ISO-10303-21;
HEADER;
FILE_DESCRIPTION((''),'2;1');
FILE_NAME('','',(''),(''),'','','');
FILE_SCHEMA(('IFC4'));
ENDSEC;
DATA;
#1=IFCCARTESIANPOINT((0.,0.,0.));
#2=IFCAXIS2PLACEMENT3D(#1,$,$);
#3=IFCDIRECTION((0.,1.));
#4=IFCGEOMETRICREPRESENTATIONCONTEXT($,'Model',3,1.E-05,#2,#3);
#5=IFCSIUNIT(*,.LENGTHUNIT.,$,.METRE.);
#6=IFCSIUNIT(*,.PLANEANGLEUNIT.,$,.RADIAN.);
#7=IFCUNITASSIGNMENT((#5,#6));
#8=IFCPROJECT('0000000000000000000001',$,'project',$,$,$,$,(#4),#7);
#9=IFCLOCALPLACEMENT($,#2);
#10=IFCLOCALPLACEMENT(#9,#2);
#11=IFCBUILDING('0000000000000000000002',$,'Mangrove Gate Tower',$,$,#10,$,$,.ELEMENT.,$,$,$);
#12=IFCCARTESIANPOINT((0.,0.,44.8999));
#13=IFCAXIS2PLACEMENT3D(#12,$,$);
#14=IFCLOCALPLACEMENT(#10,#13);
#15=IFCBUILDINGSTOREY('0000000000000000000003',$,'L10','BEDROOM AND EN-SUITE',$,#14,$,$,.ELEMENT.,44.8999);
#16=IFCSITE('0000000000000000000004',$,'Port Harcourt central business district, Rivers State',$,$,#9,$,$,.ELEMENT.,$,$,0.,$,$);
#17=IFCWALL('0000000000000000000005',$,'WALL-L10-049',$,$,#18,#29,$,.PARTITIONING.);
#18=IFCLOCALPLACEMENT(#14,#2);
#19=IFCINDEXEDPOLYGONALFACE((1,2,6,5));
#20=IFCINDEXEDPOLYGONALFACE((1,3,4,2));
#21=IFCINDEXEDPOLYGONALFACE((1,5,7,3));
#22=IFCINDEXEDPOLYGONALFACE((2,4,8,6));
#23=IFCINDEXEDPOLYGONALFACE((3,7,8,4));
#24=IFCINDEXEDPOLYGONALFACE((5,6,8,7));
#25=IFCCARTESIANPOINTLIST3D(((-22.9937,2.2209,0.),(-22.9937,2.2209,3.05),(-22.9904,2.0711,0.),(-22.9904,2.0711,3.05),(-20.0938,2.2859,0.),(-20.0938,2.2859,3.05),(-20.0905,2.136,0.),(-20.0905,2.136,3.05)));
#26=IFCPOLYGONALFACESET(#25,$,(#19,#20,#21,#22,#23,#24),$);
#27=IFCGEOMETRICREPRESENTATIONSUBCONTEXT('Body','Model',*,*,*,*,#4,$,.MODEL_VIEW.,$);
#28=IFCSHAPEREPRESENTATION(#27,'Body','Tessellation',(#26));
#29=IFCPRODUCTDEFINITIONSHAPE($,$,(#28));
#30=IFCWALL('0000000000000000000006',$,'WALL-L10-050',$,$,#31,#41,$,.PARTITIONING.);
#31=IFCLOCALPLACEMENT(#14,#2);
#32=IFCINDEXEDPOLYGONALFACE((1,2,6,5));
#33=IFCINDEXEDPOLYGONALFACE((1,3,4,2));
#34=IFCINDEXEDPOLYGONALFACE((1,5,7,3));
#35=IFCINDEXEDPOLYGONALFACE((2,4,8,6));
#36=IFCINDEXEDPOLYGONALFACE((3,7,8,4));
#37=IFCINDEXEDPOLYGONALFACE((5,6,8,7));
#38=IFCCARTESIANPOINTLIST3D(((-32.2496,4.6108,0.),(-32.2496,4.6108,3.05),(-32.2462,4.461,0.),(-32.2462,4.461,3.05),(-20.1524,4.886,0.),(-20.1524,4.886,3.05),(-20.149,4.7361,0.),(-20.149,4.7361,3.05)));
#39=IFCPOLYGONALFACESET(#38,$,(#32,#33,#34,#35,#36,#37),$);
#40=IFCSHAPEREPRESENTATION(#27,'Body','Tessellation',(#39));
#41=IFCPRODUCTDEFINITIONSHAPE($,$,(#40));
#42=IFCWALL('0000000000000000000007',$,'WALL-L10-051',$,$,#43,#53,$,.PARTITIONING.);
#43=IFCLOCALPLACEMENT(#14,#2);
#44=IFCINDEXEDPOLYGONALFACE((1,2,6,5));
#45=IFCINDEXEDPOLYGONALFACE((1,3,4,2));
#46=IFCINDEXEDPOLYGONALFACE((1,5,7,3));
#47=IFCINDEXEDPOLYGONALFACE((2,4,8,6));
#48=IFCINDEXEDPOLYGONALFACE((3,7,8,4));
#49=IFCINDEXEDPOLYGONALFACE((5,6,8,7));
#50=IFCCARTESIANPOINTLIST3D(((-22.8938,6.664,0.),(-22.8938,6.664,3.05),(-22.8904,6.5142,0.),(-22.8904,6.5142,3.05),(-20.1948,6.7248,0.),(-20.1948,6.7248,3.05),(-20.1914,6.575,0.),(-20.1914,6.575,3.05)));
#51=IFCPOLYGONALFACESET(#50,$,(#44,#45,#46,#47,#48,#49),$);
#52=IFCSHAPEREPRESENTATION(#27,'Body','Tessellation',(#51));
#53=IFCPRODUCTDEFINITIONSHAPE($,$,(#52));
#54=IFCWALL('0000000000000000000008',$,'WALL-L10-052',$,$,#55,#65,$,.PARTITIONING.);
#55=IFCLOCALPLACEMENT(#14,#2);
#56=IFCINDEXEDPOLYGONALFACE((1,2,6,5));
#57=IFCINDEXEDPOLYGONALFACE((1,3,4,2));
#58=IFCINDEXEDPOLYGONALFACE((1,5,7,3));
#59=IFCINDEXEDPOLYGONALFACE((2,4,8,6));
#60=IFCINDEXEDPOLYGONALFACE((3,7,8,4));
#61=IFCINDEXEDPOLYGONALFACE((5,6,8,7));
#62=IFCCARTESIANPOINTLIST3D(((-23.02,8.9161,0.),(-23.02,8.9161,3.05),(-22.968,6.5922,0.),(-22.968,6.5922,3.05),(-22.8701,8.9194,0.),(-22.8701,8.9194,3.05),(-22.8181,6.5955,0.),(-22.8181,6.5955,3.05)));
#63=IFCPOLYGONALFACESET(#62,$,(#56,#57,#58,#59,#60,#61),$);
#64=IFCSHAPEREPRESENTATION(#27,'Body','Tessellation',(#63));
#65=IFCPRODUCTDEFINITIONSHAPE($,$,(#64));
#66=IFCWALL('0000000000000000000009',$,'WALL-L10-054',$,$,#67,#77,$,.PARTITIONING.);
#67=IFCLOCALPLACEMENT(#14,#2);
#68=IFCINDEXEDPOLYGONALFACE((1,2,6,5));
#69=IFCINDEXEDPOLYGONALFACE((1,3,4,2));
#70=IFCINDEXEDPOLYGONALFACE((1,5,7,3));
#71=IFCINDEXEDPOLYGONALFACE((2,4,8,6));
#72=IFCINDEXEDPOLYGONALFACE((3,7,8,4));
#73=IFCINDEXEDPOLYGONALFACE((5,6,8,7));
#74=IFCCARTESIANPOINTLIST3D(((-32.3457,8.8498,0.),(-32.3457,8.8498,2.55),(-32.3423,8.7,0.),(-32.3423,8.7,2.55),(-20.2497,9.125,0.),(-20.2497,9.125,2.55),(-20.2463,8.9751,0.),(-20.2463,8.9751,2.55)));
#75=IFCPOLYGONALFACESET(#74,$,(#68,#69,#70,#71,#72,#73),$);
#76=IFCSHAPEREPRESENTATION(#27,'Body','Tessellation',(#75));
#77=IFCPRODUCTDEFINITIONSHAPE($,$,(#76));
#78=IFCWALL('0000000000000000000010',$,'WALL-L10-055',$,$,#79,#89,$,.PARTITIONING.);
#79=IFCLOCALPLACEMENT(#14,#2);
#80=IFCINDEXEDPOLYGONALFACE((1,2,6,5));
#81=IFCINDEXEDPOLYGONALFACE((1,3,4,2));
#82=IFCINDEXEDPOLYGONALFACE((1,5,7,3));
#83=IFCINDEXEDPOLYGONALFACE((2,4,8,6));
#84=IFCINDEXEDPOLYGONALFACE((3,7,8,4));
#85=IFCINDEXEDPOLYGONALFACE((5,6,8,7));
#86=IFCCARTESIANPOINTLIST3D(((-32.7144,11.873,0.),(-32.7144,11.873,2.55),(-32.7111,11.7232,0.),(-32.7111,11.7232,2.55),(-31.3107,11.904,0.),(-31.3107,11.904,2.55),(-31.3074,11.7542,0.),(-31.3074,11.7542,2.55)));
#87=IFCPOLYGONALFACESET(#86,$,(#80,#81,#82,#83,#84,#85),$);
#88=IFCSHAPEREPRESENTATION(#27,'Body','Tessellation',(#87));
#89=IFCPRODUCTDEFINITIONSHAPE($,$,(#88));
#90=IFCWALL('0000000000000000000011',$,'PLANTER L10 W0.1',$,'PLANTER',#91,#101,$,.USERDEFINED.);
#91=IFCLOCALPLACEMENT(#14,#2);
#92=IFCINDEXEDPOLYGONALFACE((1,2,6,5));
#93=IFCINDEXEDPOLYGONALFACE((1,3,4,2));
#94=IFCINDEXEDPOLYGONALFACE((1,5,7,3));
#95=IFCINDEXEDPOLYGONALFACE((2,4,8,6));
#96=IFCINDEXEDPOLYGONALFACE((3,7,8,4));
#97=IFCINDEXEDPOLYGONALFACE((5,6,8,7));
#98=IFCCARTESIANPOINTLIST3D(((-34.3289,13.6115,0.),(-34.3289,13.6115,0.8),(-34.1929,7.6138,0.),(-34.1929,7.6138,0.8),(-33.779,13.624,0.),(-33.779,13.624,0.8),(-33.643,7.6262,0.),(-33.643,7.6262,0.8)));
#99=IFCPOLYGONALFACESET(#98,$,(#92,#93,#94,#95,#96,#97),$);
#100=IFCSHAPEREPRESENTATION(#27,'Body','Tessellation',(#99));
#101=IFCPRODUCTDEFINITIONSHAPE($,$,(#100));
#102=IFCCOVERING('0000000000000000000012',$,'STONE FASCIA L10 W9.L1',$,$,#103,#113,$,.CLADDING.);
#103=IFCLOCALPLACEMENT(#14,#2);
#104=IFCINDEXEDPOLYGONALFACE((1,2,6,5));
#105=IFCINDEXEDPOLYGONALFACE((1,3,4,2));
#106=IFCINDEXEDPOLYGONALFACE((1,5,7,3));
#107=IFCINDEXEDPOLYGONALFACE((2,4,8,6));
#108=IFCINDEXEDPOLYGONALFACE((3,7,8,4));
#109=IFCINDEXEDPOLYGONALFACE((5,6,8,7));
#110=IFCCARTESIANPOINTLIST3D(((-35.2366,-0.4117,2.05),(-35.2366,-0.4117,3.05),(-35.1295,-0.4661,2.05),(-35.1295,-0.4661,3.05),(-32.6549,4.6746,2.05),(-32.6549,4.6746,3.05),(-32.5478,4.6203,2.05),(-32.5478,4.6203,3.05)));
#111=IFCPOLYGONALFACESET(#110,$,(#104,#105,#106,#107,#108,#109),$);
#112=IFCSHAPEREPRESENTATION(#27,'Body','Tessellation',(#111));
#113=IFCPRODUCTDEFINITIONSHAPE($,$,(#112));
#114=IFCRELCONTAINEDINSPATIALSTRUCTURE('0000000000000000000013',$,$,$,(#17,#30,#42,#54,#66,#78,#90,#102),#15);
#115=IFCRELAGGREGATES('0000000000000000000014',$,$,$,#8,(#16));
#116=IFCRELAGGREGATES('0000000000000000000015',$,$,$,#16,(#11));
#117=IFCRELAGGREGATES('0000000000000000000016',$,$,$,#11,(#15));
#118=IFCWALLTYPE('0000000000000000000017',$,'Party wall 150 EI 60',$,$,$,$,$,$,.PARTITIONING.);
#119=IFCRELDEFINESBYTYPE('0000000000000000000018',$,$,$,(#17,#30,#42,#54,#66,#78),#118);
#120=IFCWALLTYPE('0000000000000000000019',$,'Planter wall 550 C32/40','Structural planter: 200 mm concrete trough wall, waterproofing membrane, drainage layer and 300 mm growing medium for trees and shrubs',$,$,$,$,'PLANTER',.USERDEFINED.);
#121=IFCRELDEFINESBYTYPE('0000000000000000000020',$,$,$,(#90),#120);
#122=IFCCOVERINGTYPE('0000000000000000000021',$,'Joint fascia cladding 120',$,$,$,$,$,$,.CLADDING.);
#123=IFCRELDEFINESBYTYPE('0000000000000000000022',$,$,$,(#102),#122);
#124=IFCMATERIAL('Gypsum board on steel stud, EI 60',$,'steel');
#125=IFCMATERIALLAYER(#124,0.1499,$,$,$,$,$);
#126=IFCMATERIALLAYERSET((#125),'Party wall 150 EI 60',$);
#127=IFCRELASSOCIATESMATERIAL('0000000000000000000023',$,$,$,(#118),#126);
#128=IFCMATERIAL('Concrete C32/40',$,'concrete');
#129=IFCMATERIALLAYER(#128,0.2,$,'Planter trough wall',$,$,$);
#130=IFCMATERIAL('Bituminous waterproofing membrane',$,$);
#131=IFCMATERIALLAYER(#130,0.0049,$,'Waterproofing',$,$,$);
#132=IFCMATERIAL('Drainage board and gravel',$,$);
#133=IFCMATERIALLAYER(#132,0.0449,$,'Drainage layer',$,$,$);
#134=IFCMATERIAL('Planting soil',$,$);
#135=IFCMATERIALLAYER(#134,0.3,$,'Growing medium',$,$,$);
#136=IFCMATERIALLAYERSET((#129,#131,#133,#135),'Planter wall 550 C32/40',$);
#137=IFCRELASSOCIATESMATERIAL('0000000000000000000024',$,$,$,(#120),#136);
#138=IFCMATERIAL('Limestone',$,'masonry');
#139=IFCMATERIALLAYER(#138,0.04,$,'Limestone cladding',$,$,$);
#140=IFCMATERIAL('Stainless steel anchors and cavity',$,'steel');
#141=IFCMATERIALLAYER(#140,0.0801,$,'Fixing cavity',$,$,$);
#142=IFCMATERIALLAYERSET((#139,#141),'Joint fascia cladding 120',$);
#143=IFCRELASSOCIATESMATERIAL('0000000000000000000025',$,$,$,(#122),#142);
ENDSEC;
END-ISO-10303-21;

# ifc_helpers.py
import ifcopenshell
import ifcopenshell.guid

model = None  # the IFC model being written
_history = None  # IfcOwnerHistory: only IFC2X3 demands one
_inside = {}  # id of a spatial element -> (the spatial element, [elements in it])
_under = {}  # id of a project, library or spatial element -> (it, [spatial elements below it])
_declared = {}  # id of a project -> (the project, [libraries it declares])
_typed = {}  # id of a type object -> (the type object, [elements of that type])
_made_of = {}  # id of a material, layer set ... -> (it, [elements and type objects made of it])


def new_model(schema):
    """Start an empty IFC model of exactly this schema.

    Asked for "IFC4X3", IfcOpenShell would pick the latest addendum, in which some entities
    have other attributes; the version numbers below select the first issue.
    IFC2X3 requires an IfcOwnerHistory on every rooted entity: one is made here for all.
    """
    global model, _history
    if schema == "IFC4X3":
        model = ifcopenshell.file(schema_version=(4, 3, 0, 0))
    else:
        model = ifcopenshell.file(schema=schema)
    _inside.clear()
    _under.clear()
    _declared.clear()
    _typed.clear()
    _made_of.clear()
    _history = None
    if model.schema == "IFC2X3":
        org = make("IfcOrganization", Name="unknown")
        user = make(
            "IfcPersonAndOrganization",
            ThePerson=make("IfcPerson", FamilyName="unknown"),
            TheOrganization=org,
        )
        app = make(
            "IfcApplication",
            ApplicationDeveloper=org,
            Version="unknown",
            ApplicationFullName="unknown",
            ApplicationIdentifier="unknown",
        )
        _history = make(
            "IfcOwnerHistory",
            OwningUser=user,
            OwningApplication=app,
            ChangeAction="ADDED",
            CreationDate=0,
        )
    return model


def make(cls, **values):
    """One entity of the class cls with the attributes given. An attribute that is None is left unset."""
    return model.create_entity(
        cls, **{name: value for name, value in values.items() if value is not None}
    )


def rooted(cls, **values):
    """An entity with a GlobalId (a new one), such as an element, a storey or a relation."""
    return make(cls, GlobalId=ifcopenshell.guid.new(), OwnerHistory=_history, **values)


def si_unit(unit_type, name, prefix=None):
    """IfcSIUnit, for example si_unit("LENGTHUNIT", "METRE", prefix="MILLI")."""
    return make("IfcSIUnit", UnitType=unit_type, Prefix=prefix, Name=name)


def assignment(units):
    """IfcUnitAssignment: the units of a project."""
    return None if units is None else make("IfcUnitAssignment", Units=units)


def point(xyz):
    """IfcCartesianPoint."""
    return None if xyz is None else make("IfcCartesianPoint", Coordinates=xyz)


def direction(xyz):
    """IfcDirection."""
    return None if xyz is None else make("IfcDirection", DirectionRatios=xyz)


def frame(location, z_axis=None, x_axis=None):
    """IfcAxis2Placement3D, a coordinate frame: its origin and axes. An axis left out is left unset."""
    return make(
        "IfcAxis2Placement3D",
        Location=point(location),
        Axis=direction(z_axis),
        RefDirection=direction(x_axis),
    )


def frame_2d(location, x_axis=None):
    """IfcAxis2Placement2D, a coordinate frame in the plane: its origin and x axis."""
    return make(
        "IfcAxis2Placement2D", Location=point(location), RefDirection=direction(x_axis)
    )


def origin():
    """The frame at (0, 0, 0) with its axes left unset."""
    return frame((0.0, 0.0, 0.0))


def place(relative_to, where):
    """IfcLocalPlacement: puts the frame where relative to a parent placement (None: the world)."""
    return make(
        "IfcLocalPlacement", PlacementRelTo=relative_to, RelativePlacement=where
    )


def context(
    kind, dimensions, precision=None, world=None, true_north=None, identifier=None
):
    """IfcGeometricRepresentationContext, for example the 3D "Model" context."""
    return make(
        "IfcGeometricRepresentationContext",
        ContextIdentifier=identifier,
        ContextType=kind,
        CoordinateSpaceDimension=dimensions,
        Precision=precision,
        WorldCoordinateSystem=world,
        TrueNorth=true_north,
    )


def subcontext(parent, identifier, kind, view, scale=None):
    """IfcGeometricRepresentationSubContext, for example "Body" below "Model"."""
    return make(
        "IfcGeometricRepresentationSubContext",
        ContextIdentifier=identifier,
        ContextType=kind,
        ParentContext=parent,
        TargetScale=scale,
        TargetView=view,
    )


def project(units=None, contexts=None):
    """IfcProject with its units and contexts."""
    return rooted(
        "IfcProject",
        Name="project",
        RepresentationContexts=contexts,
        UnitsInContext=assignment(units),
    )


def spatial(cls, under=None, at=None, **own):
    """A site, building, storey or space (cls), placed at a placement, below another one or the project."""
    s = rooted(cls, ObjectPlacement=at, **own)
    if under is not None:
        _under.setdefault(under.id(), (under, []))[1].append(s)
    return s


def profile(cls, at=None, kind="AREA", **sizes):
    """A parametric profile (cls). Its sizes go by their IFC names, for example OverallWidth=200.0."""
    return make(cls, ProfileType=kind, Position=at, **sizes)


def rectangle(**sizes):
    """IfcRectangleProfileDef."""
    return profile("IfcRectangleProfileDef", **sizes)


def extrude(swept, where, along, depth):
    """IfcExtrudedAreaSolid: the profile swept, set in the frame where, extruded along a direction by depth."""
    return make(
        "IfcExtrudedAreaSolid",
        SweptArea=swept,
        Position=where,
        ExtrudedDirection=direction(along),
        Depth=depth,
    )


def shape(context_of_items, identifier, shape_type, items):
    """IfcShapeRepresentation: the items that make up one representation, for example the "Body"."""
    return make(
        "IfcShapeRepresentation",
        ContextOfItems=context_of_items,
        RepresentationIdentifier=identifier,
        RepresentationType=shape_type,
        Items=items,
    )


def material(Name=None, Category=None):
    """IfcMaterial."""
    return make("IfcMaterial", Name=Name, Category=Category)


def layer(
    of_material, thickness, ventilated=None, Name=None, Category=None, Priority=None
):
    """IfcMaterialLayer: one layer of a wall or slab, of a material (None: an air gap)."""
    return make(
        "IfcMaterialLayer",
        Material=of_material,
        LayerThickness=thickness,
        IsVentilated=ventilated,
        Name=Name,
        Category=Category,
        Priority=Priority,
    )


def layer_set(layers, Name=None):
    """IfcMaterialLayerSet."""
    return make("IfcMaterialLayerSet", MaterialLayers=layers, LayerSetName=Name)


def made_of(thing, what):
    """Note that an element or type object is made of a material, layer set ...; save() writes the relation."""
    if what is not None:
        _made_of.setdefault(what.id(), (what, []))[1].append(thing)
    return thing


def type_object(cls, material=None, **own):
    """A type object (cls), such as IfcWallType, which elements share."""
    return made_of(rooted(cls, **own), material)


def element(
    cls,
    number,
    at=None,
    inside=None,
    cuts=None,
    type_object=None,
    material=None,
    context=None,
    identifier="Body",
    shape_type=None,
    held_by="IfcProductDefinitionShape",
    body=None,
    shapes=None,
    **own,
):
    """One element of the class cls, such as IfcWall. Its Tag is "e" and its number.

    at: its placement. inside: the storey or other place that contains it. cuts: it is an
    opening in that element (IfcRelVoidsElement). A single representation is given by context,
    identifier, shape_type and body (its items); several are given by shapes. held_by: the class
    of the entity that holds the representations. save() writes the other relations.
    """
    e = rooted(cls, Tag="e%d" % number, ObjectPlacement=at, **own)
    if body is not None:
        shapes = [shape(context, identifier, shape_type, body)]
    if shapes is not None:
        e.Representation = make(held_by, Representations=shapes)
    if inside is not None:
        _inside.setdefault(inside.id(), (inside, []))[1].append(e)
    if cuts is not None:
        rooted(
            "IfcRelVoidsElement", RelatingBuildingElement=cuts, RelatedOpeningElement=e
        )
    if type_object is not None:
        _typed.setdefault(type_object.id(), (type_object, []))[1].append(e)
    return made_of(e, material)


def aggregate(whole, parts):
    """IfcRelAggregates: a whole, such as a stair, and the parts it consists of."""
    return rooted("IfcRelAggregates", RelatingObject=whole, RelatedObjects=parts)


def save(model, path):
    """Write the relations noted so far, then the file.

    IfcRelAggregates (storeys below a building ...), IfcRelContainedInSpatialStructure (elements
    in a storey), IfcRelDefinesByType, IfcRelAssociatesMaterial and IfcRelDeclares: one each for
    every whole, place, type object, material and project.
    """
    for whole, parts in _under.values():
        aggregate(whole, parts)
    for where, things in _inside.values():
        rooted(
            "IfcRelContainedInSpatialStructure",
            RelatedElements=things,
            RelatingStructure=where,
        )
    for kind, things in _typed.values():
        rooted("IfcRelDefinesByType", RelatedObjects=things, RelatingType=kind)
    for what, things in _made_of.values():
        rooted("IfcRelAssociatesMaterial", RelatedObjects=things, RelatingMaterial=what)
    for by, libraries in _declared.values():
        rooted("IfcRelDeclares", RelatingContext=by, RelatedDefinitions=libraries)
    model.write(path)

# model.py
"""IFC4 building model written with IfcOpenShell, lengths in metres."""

from ifc_helpers import new_model, si_unit, direction, frame, frame_2d, origin, place, context, subcontext, project, spatial, rectangle, extrude, material, layer, layer_set, type_object, element, save


model = new_model("IFC4")

# Units and contexts
model_context = context("Model", 3, precision=1e-05, world=origin(), true_north=direction((0.0, 1.0)))
body_context = subcontext(model_context, "Body", "Model", "MODEL_VIEW")
ifc_project = project(units=[si_unit("LENGTHUNIT", "METRE"), si_unit("PLANEANGLEUNIT", "RADIAN")], contexts=[model_context])

# Site, building, storey
site_placement = place(None, origin())
site = spatial("IfcSite", under=ifc_project, at=site_placement, Name="Port Harcourt central business district, Rivers State", CompositionType="ELEMENT", RefElevation=0.0)
building_placement = place(site_placement, origin())
building = spatial("IfcBuilding", under=site, at=building_placement, Name="Mangrove Gate Tower", CompositionType="ELEMENT")
storey_placement = place(building_placement, frame((0.0, 0.0, 44.8999)))
storey = spatial("IfcBuildingStorey", under=building, at=storey_placement, Name="L10", Description="BEDROOM AND EN-SUITE", CompositionType="ELEMENT", Elevation=44.8999)

# Shared definitions
ifc_material_1 = material(Name="Limestone", Category="masonry")

# Walls
ifc_material_2 = material(Name="Gypsum board on steel stud, EI 60", Category="steel")
ifc_layer_1 = layer(ifc_material_2, 0.1499)
ifc_layer_set_1 = layer_set([ifc_layer_1], Name="Party wall 150 EI 60")
wall_type_1 = type_object("IfcWallType", Name="Party wall 150 EI 60", PredefinedType="PARTITIONING", material=ifc_layer_set_1)
wall_1_placement = place(storey_placement, frame((-22.9919, 2.146, 0.0), z_axis=(0.0, 0.0, 1.0), x_axis=(0.999749, 0.022389, 0.0)))
element("IfcWall", 1, at=wall_1_placement, inside=storey, type_object=wall_type_1, Name="WALL-L10-049", PredefinedType="PARTITIONING", context=body_context, shape_type="SweptSolid", body=[
    extrude(rectangle(XDim=2.9006, YDim=0.1499, at=frame_2d((1.4502, 0.0))), origin(), (0.0, 0.0, 1.0), 3.05),
])
wall_2_placement = place(storey_placement, frame((-32.248, 4.5359, 0.0), z_axis=(0.0, 0.0, 1.0), x_axis=(0.999741, 0.022739, 0.0)))
element("IfcWall", 2, at=wall_2_placement, inside=storey, type_object=wall_type_1, Name="WALL-L10-050", PredefinedType="PARTITIONING", context=body_context, shape_type="SweptSolid", body=[
    extrude(rectangle(XDim=12.1003, YDim=0.1499, at=frame_2d((6.0503, 0.0))), origin(), (0.0, 0.0, 1.0), 3.05),
])
wall_3_placement = place(storey_placement, frame((-22.8921, 6.5891, 0.0), z_axis=(0.0, 0.0, 1.0), x_axis=(0.999746, 0.022518, 0.0)))
element("IfcWall", 3, at=wall_3_placement, inside=storey, type_object=wall_type_1, Name="WALL-L10-051", PredefinedType="PARTITIONING", context=body_context, shape_type="SweptSolid", body=[
    extrude(rectangle(XDim=2.6997, YDim=0.1499, at=frame_2d((1.3499, 0.0))), origin(), (0.0, 0.0, 1.0), 3.05),
])
wall_4_placement = place(storey_placement, frame((-22.8931, 6.594, 0.0), z_axis=(0.0, 0.0, 1.0), x_axis=(-0.022371, 0.99975, 0.0)))
element("IfcWall", 4, at=wall_4_placement, inside=storey, type_object=wall_type_1, Name="WALL-L10-052", PredefinedType="PARTITIONING", context=body_context, shape_type="SweptSolid", body=[
    extrude(rectangle(XDim=2.3245, YDim=0.1499, at=frame_2d((1.1621, 0.0))), origin(), (0.0, 0.0, 1.0), 3.05),
])
wall_5_placement = place(storey_placement, frame((-32.344, 8.7749, 0.0), z_axis=(0.0, 0.0, 1.0), x_axis=(0.999741, 0.022741, 0.0)))
element("IfcWall", 5, at=wall_5_placement, inside=storey, type_object=wall_type_1, Name="WALL-L10-054", PredefinedType="PARTITIONING", context=body_context, shape_type="SweptSolid", body=[
    extrude(rectangle(XDim=12.0991, YDim=0.1499, at=frame_2d((6.0496, 0.0))), origin(), (0.0, 0.0, 1.0), 2.55),
])
wall_6_placement = place(storey_placement, frame((-32.7129, 11.7981, 0.0), z_axis=(0.0, 0.0, 1.0), x_axis=(0.999756, 0.022082, 0.0)))
element("IfcWall", 6, at=wall_6_placement, inside=storey, type_object=wall_type_1, Name="WALL-L10-055", PredefinedType="PARTITIONING", context=body_context, shape_type="SweptSolid", body=[
    extrude(rectangle(XDim=1.4041, YDim=0.1499, at=frame_2d((0.7021, 0.0))), origin(), (0.0, 0.0, 1.0), 2.55),
])
ifc_material_3 = material(Name="Concrete C32/40", Category="concrete")
ifc_layer_2 = layer(ifc_material_3, 0.2, Name="Planter trough wall")
ifc_material_4 = material(Name="Bituminous waterproofing membrane")
ifc_layer_3 = layer(ifc_material_4, 0.0049, Name="Waterproofing")
ifc_material_5 = material(Name="Drainage board and gravel")
ifc_layer_4 = layer(ifc_material_5, 0.0449, Name="Drainage layer")
ifc_material_6 = material(Name="Planting soil")
ifc_layer_5 = layer(ifc_material_6, 0.3, Name="Growing medium")
ifc_layer_set_2 = layer_set([ifc_layer_2, ifc_layer_3, ifc_layer_4, ifc_layer_5], Name="Planter wall 550 C32/40")
wall_type_2 = type_object("IfcWallType", Name="Planter wall 550 C32/40", Description="Structural planter: 200 mm concrete trough wall, waterproofing membrane, drainage layer and 300 mm growing medium for trees and shrubs", ElementType="PLANTER", PredefinedType="USERDEFINED", material=ifc_layer_set_2)
wall_7_placement = place(storey_placement, frame((-33.918, 7.6201, 0.0), z_axis=(0.0, 0.0, 1.0), x_axis=(-0.022667, 0.999743, 0.0)))
element("IfcWall", 7, at=wall_7_placement, inside=storey, type_object=wall_type_2, Name="PLANTER L10 W0.1", ObjectType="PLANTER", PredefinedType="USERDEFINED", context=body_context, shape_type="SweptSolid", body=[
    extrude(rectangle(XDim=5.9993, YDim=0.55, at=frame_2d((2.9995, 0.0))), origin(), (0.0, 0.0, 1.0), 0.8),
])

# Covering
ifc_layer_6 = layer(ifc_material_1, 0.04, Name="Limestone cladding")
ifc_material_7 = material(Name="Stainless steel anchors and cavity", Category="steel")
ifc_layer_7 = layer(ifc_material_7, 0.0801, Name="Fixing cavity")
ifc_layer_set_3 = layer_set([ifc_layer_6, ifc_layer_7], Name="Joint fascia cladding 120")
covering_type = type_object("IfcCoveringType", Name="Joint fascia cladding 120", PredefinedType="CLADDING", material=ifc_layer_set_3)
covering_placement = place(storey_placement, frame((-32.6013, 4.6475, 2.05), z_axis=(0.0, 0.0, 1.0), x_axis=(-0.452615, -0.891706, 0.0)))
element("IfcCovering", 8, at=covering_placement, inside=storey, type_object=covering_type, Name="STONE FASCIA L10 W9.L1", PredefinedType="CLADDING", context=body_context, shape_type="SweptSolid", body=[
    extrude(rectangle(XDim=5.7041, YDim=0.1201, at=frame_2d((2.8521, 0.0))), origin(), (0.0, 0.0, 1.0), 1.0),
])

save(model, "model.ifc")
